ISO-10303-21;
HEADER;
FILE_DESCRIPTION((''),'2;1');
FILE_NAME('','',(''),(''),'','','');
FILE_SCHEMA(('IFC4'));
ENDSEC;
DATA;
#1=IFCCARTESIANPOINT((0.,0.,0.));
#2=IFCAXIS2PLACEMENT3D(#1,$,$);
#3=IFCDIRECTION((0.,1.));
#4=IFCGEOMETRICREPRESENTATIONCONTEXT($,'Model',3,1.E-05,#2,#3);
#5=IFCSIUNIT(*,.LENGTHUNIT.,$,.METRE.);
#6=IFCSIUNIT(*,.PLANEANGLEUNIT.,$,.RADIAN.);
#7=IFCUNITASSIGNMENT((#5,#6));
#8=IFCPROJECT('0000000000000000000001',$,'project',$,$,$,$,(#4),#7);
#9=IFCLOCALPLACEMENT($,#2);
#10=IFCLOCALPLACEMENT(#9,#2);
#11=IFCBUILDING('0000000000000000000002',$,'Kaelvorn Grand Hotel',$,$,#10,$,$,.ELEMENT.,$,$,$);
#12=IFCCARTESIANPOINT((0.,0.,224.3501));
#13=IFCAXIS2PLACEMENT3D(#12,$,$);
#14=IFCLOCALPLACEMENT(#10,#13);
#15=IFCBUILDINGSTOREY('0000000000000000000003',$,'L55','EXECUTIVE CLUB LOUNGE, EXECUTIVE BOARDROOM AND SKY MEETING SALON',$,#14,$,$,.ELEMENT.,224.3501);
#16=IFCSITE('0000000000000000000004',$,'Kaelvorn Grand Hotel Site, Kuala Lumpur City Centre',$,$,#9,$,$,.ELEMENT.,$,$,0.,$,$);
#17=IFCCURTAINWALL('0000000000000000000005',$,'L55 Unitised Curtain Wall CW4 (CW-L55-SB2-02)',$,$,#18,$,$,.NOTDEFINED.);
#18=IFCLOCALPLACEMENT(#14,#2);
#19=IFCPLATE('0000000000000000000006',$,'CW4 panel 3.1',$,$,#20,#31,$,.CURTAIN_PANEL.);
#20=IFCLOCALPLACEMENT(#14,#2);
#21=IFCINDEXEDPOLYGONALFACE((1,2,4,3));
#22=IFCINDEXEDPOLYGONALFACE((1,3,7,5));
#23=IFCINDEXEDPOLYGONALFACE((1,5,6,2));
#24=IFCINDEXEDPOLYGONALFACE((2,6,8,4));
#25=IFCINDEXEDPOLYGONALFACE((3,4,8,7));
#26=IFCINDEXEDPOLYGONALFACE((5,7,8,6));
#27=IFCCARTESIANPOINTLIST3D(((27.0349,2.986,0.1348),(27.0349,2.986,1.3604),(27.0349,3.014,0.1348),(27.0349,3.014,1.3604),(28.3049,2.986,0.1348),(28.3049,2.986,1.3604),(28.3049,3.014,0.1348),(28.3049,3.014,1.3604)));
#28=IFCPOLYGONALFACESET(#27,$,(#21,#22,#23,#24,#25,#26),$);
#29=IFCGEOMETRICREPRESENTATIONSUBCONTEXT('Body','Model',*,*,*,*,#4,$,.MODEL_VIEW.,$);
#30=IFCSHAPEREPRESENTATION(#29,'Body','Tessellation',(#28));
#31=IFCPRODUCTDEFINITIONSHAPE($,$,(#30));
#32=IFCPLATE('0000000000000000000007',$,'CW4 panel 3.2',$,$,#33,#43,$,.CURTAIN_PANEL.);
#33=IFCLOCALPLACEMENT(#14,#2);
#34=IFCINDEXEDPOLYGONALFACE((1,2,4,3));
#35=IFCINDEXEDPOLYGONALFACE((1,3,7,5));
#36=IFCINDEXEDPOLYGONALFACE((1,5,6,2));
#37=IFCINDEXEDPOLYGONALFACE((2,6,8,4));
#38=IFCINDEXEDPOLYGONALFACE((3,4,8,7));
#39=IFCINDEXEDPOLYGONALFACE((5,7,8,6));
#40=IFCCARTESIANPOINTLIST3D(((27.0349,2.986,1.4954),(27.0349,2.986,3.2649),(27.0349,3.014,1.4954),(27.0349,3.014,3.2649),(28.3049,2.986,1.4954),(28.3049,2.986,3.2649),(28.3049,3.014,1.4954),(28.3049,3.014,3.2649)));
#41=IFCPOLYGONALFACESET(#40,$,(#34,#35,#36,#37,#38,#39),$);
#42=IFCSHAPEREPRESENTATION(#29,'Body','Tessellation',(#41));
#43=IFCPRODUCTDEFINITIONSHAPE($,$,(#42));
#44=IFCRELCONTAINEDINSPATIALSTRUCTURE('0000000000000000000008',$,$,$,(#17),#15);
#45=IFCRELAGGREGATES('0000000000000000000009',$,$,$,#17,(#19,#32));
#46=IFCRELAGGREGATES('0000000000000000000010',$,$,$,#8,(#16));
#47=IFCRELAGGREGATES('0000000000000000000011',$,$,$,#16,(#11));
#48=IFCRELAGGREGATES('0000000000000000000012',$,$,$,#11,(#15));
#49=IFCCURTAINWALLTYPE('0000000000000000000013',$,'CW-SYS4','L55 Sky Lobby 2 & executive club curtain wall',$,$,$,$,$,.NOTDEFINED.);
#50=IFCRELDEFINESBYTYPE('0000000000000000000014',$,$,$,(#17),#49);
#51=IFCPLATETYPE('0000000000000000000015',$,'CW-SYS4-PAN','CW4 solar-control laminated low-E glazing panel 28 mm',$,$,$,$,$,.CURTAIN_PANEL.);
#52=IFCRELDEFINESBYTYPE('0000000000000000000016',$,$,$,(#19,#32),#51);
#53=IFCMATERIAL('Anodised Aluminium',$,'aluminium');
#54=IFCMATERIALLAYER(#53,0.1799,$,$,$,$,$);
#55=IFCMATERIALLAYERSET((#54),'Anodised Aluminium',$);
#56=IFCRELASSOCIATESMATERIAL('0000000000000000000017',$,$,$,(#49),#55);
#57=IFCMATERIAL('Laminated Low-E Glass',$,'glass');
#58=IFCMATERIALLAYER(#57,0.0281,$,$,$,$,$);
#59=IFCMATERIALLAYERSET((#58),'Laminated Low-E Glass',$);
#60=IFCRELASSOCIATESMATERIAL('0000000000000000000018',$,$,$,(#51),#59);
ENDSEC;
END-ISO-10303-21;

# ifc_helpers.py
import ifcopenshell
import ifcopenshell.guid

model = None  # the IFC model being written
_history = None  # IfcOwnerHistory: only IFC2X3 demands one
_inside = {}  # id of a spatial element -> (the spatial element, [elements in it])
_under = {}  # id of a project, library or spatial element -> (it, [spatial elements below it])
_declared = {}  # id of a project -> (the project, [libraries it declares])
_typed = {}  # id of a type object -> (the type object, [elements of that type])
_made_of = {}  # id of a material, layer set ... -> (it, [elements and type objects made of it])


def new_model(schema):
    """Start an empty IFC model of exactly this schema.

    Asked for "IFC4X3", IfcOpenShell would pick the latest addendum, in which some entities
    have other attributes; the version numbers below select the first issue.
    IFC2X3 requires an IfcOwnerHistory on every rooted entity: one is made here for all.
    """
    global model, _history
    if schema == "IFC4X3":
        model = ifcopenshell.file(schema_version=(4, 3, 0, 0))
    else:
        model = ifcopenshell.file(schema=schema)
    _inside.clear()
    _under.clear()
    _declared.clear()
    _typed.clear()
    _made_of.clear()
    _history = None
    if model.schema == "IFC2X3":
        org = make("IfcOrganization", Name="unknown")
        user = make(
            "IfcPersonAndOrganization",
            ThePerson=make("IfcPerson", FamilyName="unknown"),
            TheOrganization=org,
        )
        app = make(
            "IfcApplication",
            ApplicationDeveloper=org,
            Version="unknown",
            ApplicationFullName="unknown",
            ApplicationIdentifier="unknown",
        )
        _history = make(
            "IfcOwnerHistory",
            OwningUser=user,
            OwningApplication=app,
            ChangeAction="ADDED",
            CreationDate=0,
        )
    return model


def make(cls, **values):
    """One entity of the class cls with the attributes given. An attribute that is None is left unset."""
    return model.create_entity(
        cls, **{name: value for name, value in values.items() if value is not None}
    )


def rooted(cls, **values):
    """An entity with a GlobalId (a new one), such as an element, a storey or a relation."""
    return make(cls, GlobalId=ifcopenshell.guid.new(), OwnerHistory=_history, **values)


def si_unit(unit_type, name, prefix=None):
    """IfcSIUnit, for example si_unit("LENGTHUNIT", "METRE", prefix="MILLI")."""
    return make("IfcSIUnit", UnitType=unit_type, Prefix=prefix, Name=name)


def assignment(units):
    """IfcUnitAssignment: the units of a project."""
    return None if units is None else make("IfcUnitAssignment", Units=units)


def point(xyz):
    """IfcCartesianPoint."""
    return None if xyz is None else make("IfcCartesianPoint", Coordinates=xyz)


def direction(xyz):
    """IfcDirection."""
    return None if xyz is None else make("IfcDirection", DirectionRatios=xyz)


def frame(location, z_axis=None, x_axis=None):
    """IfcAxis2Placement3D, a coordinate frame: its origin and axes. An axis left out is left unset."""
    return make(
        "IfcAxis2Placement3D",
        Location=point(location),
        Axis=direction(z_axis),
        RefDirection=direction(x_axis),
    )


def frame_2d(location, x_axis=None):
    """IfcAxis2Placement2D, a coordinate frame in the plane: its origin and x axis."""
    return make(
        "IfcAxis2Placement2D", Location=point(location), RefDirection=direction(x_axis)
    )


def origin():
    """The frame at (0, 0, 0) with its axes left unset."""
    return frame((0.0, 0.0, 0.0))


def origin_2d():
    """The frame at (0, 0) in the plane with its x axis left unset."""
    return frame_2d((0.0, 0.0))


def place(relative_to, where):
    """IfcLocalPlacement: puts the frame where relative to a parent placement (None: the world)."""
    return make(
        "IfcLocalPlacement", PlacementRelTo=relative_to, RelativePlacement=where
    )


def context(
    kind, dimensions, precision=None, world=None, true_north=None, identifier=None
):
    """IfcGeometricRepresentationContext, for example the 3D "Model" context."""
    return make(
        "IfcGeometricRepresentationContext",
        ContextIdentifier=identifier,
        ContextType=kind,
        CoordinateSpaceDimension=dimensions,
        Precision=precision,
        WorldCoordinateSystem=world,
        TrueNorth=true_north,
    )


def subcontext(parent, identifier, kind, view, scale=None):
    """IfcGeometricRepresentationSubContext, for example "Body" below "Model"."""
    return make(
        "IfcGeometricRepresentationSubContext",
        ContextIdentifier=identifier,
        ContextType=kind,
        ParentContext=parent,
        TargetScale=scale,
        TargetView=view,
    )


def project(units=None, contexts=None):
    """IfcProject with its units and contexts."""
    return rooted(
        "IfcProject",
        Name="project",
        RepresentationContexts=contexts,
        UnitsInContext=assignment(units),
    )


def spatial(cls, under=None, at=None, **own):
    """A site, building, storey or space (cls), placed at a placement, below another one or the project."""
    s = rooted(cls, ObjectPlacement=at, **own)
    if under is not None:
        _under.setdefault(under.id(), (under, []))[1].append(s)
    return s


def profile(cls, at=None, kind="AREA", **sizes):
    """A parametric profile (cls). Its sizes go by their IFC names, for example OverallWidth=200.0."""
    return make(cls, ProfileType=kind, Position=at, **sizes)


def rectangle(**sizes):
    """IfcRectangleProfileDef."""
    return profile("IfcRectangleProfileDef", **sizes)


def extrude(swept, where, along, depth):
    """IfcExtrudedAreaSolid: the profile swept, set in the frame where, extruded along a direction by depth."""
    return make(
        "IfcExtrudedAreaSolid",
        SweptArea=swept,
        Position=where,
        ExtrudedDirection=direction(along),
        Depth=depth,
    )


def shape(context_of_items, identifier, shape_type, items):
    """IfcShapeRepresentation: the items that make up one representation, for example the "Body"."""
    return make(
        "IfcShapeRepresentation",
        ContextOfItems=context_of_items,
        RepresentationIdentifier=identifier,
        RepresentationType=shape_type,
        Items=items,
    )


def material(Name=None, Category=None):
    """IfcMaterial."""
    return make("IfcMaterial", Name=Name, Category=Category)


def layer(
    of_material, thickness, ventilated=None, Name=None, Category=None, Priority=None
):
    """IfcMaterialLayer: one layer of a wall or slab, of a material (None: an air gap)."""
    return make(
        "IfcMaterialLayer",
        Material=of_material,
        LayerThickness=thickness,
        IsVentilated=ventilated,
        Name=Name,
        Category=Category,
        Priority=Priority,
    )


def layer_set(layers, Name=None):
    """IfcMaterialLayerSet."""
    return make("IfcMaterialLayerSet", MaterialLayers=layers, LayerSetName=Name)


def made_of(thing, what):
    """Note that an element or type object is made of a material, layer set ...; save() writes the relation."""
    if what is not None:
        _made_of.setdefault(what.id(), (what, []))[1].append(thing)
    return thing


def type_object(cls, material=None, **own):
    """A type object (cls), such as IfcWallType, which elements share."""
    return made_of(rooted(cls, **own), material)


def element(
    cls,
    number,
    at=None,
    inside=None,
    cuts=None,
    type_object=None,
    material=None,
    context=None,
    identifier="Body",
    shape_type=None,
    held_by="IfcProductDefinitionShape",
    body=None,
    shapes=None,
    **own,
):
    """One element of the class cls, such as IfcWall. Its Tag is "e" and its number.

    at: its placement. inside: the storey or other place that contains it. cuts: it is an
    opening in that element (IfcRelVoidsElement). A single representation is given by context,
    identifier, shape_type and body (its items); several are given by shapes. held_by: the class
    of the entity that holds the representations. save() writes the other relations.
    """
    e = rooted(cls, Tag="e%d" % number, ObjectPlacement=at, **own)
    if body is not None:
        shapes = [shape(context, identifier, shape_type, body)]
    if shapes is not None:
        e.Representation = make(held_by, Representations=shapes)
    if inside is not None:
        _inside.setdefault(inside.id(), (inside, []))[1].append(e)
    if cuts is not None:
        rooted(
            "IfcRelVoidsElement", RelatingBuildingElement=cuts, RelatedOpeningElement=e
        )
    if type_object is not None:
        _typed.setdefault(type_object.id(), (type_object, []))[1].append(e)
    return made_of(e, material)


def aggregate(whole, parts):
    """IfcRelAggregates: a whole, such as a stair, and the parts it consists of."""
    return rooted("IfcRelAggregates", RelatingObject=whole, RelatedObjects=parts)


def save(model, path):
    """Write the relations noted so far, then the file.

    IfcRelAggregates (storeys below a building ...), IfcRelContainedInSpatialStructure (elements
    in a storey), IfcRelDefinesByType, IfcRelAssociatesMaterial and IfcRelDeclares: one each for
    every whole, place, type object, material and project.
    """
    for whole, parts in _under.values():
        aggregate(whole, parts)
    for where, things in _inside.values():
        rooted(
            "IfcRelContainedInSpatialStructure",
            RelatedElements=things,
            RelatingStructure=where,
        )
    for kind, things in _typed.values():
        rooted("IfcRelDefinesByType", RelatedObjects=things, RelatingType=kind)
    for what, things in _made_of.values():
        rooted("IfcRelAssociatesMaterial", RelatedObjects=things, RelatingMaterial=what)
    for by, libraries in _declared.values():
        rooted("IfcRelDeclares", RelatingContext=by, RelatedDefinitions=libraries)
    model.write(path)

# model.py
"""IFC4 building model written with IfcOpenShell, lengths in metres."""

from ifc_helpers import new_model, si_unit, direction, frame, origin, origin_2d, place, context, subcontext, project, spatial, rectangle, extrude, material, layer, layer_set, type_object, element, aggregate, save


model = new_model("IFC4")

# Units and contexts
model_context = context("Model", 3, precision=1e-05, world=origin(), true_north=direction((0.0, 1.0)))
body_context = subcontext(model_context, "Body", "Model", "MODEL_VIEW")
ifc_project = project(units=[si_unit("LENGTHUNIT", "METRE"), si_unit("PLANEANGLEUNIT", "RADIAN")], contexts=[model_context])

# Site, building, storey
site_placement = place(None, origin())
site = spatial("IfcSite", under=ifc_project, at=site_placement, Name="Kaelvorn Grand Hotel Site, Kuala Lumpur City Centre", CompositionType="ELEMENT", RefElevation=0.0)
building_placement = place(site_placement, origin())
building = spatial("IfcBuilding", under=site, at=building_placement, Name="Kaelvorn Grand Hotel", CompositionType="ELEMENT")
storey_placement = place(building_placement, frame((0.0, 0.0, 224.3501)))
storey = spatial("IfcBuildingStorey", under=building, at=storey_placement, Name="L55", Description="EXECUTIVE CLUB LOUNGE, EXECUTIVE BOARDROOM AND SKY MEETING SALON", CompositionType="ELEMENT", Elevation=224.3501)

# Curtain wall, plates
ifc_material_1 = material(Name="Anodised Aluminium", Category="aluminium")
ifc_layer_1 = layer(ifc_material_1, 0.1799)
ifc_layer_set_1 = layer_set([ifc_layer_1], Name="Anodised Aluminium")
curtain_wall_type = type_object("IfcCurtainWallType", Name="CW-SYS4", Description="L55 Sky Lobby 2 & executive club curtain wall", PredefinedType="NOTDEFINED", material=ifc_layer_set_1)
curtain_wall_placement = place(storey_placement, origin())
curtain_wall = element("IfcCurtainWall", 1, at=curtain_wall_placement, inside=storey, type_object=curtain_wall_type, Name="L55 Unitised Curtain Wall CW4 (CW-L55-SB2-02)", PredefinedType="NOTDEFINED")
ifc_material_2 = material(Name="Laminated Low-E Glass", Category="glass")
ifc_layer_2 = layer(ifc_material_2, 0.0281)
ifc_layer_set_2 = layer_set([ifc_layer_2], Name="Laminated Low-E Glass")
plate_type = type_object("IfcPlateType", Name="CW-SYS4-PAN", Description="CW4 solar-control laminated low-E glazing panel 28 mm", PredefinedType="CURTAIN_PANEL", material=ifc_layer_set_2)
plate_1_placement = place(storey_placement, frame((27.6699, 3.0, 0.1348), z_axis=(0.0, 0.0, 1.0), x_axis=(1.0, 0.0, 0.0)))
plate_1 = element("IfcPlate", 2, at=plate_1_placement, type_object=plate_type, Name="CW4 panel 3.1", PredefinedType="CURTAIN_PANEL", context=body_context, shape_type="SweptSolid", body=[
    extrude(rectangle(XDim=1.27, YDim=0.0281, at=origin_2d()), origin(), (0.0, 0.0, 1.0), 1.2256),
])
plate_2_placement = place(storey_placement, frame((27.6699, 3.0, 1.4954), z_axis=(0.0, 0.0, 1.0), x_axis=(1.0, 0.0, 0.0)))
plate_2 = element("IfcPlate", 3, at=plate_2_placement, type_object=plate_type, Name="CW4 panel 3.2", PredefinedType="CURTAIN_PANEL", context=body_context, shape_type="SweptSolid", body=[
    extrude(rectangle(XDim=1.27, YDim=0.0281, at=origin_2d()), origin(), (0.0, 0.0, 1.0), 1.7695),
])
aggregate(curtain_wall, [plate_1, plate_2])

save(model, "model.ifc")
